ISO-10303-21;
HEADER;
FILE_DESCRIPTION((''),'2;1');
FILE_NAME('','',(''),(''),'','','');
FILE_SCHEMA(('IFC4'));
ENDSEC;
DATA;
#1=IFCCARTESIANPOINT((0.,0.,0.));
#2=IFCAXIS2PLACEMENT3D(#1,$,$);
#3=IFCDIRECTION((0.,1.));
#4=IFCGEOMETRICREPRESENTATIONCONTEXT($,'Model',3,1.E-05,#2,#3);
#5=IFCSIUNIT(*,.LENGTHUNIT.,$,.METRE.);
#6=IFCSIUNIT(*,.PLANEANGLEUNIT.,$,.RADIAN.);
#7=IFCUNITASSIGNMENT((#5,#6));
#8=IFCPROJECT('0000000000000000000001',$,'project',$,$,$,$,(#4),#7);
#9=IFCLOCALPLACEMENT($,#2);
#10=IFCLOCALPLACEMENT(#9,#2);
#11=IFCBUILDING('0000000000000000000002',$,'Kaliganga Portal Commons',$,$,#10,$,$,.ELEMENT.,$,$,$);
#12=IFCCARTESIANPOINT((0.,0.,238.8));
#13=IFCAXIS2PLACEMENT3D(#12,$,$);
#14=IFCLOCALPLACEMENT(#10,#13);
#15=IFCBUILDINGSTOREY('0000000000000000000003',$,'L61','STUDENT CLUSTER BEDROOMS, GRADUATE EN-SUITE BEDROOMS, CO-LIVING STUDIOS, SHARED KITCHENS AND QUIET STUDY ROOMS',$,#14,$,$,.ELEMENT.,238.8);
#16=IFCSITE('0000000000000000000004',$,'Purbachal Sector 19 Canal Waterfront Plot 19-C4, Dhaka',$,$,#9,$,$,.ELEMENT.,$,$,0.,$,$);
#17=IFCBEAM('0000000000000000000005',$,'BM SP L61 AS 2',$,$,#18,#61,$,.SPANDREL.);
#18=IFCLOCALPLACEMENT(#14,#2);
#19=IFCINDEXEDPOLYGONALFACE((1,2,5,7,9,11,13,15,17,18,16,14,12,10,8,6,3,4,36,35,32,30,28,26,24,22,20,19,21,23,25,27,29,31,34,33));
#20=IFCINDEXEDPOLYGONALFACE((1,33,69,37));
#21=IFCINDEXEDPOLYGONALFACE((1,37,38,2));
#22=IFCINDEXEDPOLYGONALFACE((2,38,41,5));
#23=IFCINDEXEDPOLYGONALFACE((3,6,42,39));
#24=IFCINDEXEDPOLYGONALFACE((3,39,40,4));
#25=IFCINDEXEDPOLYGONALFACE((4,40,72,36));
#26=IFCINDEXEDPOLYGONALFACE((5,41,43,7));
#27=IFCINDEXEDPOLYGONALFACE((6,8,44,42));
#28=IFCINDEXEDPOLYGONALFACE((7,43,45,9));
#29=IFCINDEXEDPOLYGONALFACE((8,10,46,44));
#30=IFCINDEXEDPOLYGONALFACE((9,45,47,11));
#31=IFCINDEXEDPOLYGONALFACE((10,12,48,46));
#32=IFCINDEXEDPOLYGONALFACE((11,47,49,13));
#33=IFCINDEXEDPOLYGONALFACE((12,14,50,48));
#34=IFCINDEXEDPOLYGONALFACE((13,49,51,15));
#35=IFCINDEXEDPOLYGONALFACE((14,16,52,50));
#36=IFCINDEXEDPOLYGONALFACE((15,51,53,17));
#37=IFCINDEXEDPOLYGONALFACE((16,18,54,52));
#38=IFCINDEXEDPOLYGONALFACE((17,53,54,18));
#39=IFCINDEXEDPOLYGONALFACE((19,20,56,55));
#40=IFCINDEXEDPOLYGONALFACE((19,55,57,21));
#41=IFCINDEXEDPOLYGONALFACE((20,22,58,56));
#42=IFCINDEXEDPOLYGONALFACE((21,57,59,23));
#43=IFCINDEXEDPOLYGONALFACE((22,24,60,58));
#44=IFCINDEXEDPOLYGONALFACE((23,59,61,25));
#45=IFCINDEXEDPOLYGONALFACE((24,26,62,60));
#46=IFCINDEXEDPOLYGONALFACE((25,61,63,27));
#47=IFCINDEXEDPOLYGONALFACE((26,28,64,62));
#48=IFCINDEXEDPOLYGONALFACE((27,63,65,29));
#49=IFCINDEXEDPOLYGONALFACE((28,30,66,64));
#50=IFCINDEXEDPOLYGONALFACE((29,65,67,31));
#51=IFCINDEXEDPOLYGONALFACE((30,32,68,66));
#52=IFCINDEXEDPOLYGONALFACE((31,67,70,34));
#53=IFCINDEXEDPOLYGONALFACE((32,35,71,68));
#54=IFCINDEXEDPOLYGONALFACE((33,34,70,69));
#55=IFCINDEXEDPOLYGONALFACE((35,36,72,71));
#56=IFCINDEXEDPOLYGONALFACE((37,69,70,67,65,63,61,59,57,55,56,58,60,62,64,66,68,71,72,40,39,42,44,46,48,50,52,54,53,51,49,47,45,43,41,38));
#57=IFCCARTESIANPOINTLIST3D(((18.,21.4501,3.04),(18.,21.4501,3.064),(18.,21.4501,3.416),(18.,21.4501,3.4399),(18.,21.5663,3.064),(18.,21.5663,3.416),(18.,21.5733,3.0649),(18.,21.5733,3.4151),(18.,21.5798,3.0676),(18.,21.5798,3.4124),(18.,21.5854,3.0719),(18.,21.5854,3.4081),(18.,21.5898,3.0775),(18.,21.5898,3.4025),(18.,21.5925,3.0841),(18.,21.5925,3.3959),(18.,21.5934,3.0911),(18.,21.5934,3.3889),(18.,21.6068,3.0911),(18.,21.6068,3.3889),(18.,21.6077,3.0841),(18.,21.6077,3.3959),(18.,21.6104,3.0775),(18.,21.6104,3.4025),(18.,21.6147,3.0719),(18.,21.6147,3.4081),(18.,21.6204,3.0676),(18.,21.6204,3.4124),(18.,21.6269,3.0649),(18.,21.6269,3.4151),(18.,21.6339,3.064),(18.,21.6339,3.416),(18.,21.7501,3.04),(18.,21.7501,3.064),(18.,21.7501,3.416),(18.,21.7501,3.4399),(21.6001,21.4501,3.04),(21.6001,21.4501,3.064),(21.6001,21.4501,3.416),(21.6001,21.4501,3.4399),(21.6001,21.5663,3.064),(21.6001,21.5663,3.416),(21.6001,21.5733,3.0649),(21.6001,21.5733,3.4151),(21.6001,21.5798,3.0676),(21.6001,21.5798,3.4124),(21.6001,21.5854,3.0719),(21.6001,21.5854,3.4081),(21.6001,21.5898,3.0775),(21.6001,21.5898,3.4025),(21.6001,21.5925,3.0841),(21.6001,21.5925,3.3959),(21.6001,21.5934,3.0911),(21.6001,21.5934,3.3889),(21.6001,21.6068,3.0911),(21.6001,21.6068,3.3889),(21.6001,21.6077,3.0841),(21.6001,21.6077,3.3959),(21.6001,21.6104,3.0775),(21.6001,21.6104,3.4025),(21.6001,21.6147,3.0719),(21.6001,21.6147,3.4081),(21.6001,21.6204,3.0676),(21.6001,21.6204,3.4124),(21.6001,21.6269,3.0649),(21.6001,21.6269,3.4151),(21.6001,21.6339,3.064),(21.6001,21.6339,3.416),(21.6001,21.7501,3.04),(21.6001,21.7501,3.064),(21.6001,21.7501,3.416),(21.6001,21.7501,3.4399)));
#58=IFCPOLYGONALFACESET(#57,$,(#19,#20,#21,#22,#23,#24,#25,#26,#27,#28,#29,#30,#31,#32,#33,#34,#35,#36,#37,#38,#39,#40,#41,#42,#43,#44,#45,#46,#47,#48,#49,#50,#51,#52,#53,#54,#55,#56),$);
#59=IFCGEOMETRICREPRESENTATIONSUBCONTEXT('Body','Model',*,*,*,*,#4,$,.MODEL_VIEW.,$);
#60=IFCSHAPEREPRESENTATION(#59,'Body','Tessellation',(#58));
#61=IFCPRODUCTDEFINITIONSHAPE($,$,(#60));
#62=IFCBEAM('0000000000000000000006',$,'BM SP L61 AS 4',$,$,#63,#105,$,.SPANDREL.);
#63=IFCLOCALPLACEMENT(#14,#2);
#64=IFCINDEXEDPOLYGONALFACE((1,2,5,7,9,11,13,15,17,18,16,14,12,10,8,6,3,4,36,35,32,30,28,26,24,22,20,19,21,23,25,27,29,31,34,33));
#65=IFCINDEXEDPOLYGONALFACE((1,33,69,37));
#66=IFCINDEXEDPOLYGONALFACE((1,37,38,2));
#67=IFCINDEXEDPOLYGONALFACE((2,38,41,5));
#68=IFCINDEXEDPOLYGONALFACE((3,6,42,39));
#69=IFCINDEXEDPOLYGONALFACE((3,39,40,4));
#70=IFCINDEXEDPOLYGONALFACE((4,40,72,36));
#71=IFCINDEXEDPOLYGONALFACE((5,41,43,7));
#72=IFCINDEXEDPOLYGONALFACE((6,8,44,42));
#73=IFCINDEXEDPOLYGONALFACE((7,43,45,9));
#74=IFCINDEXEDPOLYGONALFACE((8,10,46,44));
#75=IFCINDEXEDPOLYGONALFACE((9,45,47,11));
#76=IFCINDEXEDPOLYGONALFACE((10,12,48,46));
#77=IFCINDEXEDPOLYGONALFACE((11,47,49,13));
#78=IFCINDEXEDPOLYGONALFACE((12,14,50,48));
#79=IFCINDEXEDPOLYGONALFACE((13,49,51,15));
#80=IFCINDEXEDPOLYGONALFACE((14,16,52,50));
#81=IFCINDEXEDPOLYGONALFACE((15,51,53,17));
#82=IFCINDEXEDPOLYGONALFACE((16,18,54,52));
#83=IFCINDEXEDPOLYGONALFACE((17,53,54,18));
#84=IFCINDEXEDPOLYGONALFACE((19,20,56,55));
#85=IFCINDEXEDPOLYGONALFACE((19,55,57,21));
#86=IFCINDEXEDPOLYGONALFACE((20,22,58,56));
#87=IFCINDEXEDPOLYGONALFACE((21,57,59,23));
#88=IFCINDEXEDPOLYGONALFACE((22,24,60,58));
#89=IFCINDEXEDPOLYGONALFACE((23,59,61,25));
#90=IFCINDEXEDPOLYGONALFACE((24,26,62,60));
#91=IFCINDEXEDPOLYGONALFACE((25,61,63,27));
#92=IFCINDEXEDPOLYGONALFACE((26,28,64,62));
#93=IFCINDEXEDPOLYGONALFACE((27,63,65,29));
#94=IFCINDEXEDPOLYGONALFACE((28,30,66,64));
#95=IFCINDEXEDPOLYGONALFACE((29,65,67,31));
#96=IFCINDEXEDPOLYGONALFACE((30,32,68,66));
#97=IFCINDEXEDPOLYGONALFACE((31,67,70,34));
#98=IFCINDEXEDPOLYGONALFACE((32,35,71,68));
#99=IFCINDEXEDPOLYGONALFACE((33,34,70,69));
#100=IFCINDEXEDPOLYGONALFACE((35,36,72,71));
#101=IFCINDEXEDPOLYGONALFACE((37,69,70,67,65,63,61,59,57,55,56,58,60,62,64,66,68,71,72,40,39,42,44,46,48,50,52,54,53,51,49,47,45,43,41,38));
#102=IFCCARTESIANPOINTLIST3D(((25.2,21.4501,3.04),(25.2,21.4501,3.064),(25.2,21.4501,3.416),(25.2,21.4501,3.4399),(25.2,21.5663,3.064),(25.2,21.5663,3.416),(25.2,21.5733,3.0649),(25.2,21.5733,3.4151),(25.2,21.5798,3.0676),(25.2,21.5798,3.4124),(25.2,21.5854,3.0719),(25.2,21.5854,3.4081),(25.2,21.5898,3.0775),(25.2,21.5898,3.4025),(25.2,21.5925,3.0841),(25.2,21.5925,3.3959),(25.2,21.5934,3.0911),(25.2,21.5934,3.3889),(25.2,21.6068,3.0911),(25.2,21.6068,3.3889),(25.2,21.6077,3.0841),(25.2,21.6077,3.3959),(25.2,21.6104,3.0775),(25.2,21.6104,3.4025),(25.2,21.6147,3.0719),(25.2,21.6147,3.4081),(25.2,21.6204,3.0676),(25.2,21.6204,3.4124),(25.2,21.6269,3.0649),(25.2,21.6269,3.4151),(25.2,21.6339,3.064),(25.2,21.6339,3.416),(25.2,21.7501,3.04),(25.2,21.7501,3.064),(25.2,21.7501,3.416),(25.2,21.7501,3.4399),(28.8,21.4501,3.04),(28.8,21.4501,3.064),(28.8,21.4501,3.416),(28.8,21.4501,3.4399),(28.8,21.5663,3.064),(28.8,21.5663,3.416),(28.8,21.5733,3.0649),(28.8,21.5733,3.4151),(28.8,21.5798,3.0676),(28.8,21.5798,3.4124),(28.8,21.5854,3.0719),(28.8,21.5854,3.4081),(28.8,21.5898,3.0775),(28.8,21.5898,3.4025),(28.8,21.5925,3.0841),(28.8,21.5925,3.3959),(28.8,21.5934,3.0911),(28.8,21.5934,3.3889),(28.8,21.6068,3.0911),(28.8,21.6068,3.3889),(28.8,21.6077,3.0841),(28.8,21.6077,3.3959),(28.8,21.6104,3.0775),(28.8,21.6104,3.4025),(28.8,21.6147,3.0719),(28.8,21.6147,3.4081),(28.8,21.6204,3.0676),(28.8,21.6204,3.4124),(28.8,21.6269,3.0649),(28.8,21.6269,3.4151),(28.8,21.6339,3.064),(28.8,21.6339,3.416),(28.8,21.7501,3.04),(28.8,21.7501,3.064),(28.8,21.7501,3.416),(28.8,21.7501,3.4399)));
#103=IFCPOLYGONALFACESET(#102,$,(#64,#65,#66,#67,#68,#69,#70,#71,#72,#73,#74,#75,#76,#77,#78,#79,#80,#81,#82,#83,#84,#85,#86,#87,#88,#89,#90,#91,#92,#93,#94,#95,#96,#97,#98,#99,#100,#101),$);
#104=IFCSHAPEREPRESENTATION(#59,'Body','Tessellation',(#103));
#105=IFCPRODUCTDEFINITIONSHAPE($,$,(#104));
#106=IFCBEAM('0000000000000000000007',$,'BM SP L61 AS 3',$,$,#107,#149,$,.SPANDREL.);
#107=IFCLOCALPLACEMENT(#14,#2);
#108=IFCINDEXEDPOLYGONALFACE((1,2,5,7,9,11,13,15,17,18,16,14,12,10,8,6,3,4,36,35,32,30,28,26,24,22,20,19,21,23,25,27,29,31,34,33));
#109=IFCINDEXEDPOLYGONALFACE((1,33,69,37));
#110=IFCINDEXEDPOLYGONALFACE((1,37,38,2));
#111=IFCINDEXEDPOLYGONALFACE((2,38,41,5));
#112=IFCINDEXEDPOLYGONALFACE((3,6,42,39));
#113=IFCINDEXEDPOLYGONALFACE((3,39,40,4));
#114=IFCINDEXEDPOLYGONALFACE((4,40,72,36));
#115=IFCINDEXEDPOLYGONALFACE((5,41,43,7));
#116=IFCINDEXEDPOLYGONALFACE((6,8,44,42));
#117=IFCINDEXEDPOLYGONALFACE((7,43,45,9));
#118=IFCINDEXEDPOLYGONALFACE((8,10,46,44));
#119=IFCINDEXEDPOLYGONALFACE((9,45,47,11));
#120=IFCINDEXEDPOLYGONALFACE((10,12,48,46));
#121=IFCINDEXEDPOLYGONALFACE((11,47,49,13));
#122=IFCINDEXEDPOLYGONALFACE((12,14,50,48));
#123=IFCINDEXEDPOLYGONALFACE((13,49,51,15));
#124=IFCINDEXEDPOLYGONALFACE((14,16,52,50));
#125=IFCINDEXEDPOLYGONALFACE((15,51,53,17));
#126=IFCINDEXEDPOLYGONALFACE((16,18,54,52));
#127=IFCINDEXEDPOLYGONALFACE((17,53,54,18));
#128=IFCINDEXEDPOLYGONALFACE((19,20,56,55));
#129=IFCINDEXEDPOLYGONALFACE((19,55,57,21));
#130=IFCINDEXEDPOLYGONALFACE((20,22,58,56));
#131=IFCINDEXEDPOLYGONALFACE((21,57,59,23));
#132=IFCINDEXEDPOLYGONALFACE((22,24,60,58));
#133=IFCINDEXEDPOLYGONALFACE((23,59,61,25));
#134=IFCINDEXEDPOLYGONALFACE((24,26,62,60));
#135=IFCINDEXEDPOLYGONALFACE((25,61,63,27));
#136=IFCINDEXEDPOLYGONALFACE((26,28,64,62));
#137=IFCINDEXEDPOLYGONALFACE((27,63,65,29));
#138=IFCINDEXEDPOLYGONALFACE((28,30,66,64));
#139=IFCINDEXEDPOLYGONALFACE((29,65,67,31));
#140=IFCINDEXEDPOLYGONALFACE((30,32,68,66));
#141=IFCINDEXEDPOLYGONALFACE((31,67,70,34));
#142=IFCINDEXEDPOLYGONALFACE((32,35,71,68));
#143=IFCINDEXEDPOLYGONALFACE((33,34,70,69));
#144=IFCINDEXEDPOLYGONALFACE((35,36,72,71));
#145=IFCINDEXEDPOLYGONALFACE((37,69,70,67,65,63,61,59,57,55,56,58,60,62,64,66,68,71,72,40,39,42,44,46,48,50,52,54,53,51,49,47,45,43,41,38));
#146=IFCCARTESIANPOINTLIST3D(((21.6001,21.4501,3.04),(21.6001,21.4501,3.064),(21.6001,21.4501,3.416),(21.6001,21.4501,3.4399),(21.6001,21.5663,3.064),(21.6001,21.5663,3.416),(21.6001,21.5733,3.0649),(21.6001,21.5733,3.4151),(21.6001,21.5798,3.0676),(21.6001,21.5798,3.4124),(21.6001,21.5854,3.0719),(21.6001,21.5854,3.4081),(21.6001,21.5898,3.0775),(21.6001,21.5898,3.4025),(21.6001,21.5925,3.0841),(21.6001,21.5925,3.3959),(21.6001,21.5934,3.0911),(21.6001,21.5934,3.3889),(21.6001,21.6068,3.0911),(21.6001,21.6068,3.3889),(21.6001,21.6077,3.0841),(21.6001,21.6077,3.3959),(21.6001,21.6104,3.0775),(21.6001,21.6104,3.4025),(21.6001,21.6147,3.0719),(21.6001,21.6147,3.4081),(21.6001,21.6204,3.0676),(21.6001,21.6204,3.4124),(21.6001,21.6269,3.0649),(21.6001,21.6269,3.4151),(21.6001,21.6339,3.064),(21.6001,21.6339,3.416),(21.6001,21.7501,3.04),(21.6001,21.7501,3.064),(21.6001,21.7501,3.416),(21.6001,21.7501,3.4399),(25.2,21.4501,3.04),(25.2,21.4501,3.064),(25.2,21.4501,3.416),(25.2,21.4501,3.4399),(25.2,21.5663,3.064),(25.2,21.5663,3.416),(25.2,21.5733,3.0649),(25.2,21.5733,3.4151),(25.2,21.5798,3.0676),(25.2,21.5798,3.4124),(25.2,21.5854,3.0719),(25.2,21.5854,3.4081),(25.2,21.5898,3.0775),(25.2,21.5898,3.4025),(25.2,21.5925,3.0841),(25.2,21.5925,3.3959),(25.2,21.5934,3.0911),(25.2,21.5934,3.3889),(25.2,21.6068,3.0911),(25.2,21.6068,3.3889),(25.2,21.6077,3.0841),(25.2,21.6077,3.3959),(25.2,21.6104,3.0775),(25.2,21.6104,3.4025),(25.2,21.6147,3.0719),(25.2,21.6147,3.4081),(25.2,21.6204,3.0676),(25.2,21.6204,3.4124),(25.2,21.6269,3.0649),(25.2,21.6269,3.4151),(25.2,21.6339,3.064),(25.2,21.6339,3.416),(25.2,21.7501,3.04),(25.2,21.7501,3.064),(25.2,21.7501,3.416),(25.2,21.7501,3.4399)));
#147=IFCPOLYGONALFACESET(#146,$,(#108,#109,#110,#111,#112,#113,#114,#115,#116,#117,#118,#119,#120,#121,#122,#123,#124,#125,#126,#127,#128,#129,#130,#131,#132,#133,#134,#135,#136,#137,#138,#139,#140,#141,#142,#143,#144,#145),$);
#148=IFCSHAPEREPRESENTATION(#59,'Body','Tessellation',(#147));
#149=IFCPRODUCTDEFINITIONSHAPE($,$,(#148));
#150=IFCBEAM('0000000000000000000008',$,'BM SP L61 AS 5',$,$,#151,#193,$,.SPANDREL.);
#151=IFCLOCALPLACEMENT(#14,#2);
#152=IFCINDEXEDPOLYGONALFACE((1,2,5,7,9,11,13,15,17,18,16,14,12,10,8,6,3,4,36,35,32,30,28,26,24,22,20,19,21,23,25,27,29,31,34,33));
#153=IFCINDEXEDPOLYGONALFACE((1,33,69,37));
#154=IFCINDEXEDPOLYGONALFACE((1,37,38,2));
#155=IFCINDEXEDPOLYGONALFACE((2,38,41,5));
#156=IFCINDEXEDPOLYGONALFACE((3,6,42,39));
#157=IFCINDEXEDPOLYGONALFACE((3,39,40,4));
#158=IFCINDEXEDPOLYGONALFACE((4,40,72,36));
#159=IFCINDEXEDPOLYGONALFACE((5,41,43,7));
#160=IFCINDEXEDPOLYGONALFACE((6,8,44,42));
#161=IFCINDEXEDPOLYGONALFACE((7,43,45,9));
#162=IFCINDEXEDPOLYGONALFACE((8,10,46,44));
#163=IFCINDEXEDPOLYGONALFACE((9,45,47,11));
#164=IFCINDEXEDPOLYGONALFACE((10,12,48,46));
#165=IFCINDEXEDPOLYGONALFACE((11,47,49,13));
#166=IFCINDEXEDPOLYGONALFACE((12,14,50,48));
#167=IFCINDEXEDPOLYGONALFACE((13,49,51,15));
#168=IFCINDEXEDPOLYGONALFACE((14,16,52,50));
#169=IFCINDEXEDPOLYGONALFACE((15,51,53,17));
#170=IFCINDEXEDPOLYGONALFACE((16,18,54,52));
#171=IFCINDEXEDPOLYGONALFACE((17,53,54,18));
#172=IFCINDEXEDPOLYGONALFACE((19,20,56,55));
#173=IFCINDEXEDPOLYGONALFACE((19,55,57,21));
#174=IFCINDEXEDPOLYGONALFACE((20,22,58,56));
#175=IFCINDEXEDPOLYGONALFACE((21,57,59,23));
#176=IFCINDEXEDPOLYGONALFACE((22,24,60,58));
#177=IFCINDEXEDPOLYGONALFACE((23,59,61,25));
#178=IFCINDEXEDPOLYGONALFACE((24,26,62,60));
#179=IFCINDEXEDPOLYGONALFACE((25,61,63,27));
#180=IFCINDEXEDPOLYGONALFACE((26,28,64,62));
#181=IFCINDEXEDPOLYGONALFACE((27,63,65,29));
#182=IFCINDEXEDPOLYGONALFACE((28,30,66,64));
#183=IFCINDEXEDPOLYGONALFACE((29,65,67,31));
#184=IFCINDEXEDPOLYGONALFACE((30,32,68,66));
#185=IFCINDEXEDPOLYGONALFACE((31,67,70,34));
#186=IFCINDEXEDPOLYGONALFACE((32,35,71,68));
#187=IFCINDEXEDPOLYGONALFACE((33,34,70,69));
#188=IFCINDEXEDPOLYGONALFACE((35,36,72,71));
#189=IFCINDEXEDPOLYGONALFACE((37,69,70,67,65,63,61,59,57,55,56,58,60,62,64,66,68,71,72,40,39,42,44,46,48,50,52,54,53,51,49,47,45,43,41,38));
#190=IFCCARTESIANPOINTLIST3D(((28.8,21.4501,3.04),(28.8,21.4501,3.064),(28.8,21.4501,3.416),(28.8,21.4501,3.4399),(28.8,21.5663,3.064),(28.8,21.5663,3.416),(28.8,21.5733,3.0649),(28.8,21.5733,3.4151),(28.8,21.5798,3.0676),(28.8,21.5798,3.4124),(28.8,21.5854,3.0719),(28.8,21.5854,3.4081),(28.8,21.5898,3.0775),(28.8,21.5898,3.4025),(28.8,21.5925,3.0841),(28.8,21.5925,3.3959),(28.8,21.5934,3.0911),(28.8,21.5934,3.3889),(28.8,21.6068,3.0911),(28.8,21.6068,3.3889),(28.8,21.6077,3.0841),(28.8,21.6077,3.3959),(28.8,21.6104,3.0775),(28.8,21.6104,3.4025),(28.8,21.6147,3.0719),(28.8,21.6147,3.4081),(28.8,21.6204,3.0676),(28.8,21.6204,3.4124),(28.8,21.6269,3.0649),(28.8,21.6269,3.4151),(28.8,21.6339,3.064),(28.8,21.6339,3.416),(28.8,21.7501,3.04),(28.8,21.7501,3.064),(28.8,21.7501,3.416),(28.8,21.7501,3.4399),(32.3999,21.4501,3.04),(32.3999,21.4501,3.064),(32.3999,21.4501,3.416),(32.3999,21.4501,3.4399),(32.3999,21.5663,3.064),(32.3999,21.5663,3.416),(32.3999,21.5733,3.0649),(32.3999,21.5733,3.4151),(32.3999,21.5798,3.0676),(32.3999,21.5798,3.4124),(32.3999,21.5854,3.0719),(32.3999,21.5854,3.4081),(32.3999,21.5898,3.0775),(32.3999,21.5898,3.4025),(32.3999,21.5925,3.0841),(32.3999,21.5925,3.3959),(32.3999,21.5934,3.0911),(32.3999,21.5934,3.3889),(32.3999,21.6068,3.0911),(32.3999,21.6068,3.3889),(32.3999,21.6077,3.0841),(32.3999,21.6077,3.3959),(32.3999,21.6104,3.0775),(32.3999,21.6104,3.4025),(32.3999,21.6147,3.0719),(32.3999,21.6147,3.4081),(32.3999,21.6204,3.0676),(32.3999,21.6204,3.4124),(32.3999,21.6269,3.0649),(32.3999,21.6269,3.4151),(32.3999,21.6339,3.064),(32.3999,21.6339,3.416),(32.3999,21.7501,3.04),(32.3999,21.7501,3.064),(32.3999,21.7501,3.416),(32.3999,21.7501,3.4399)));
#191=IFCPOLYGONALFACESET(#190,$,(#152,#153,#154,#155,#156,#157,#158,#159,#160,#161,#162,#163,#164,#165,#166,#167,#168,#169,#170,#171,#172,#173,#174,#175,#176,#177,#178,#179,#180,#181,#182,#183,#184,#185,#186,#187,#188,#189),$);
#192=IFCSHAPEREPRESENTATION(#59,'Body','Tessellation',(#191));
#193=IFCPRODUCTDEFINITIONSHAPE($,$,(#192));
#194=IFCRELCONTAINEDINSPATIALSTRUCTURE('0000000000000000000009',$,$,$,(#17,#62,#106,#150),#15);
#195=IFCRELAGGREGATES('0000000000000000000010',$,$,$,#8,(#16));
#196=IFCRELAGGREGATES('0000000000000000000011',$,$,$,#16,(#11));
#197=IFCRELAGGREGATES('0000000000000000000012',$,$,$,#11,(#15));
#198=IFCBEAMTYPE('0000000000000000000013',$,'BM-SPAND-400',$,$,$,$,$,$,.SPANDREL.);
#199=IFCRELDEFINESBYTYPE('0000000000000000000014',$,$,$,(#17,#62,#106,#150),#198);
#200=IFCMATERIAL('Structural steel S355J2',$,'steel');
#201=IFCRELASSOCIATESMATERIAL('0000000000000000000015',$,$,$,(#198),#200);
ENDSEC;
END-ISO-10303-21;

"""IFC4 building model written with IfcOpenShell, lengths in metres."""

from ifc_helpers import new_model, si_unit, direction, frame, origin, origin_2d, place, context, subcontext, project, spatial, i_section, extrude, source, transform, mapped, material, material_profile, profile_set, type_object, element, save


model = new_model("IFC4")

# Units and contexts
model_context = context("Model", 3, precision=1e-05, world=origin(), true_north=direction((0.0, 1.0)))
body_context = subcontext(model_context, "Body", "Model", "MODEL_VIEW")
ifc_project = project(units=[si_unit("LENGTHUNIT", "METRE"), si_unit("PLANEANGLEUNIT", "RADIAN")], contexts=[model_context])

# Site, building, storey
site_placement = place(None, origin())
site = spatial("IfcSite", under=ifc_project, at=site_placement, Name="Purbachal Sector 19 Canal Waterfront Plot 19-C4, Dhaka", CompositionType="ELEMENT", RefElevation=0.0)
building_placement = place(site_placement, origin())
building = spatial("IfcBuilding", under=site, at=building_placement, Name="Kaliganga Portal Commons", CompositionType="ELEMENT")
storey_placement = place(building_placement, frame((0.0, 0.0, 238.8)))
storey = spatial("IfcBuildingStorey", under=building, at=storey_placement, Name="L61", Description="STUDENT CLUSTER BEDROOMS, GRADUATE EN-SUITE BEDROOMS, CO-LIVING STUDIOS, SHARED KITCHENS AND QUIET STUDY ROOMS", CompositionType="ELEMENT", Elevation=238.8)

# Shared definitions
ifc_material_1 = material(Name="Structural steel S355J2", Category="steel")

# Beams
ifc_material_profile_1 = material_profile(ifc_material_1, i_section(OverallWidth=0.3, OverallDepth=0.3999, WebThickness=0.0134, FlangeThickness=0.0239, FilletRadius=0.0271, at=origin_2d()), Name="HE 400 B")
ifc_profile_set_1 = profile_set([ifc_material_profile_1], Name="Structural steel S355J2 wide-flange")
beam_type_1 = type_object("IfcBeamType", Name="BM-SPAND-400", PredefinedType="SPANDREL", material=ifc_profile_set_1)
shared_shape_1 = source(origin(), body_context, "Body", "SweptSolid", [
    extrude(i_section(OverallWidth=0.3, OverallDepth=0.3999, WebThickness=0.0134, FlangeThickness=0.0239, FilletRadius=0.0271, at=origin_2d()), origin(), (0.0, 0.0, 1.0), 3.6001),
])
for number, where, z_axis, x_axis, name in (
    (1, (18.0, 21.6001, 3.24), (1.0, 0.0, 0.0), (0.0, 1.0, 0.0), "BM SP L61 AS 2"),
    (2, (25.2, 21.6001, 3.24), (1.0, 0.0, 0.0), (0.0, 1.0, 0.0), "BM SP L61 AS 4"),
):
    element("IfcBeam", number, at=place(storey_placement, frame(where, z_axis=z_axis, x_axis=x_axis)), inside=storey, type_object=beam_type_1, Name=name, PredefinedType="SPANDREL", context=body_context, shape_type="MappedRepresentation", body=[
        mapped(shared_shape_1, transform((0.0, 0.0, 0.0), x_axis=(1.0, 0.0, 0.0), y_axis=(0.0, 1.0, 0.0), z_axis=(0.0, 0.0, 1.0), scale=1.0)),
    ])
shared_shape_2 = source(origin(), body_context, "Body", "SweptSolid", [
    extrude(i_section(OverallWidth=0.3, OverallDepth=0.3999, WebThickness=0.0134, FlangeThickness=0.0239, FilletRadius=0.0271, at=origin_2d()), origin(), (0.0, 0.0, 1.0), 3.5999),
])
for number, where, z_axis, x_axis, name in (
    (3, (21.6001, 21.6001, 3.24), (1.0, 0.0, 0.0), (0.0, 1.0, 0.0), "BM SP L61 AS 3"),
    (4, (28.8, 21.6001, 3.24), (1.0, 0.0, 0.0), (0.0, 1.0, 0.0), "BM SP L61 AS 5"),
):
    element("IfcBeam", number, at=place(storey_placement, frame(where, z_axis=z_axis, x_axis=x_axis)), inside=storey, type_object=beam_type_1, Name=name, PredefinedType="SPANDREL", context=body_context, shape_type="MappedRepresentation", body=[
        mapped(shared_shape_2, transform((0.0, 0.0, 0.0), x_axis=(1.0, 0.0, 0.0), y_axis=(0.0, 1.0, 0.0), z_axis=(0.0, 0.0, 1.0), scale=1.0)),
    ])

save(model, "model.ifc")
